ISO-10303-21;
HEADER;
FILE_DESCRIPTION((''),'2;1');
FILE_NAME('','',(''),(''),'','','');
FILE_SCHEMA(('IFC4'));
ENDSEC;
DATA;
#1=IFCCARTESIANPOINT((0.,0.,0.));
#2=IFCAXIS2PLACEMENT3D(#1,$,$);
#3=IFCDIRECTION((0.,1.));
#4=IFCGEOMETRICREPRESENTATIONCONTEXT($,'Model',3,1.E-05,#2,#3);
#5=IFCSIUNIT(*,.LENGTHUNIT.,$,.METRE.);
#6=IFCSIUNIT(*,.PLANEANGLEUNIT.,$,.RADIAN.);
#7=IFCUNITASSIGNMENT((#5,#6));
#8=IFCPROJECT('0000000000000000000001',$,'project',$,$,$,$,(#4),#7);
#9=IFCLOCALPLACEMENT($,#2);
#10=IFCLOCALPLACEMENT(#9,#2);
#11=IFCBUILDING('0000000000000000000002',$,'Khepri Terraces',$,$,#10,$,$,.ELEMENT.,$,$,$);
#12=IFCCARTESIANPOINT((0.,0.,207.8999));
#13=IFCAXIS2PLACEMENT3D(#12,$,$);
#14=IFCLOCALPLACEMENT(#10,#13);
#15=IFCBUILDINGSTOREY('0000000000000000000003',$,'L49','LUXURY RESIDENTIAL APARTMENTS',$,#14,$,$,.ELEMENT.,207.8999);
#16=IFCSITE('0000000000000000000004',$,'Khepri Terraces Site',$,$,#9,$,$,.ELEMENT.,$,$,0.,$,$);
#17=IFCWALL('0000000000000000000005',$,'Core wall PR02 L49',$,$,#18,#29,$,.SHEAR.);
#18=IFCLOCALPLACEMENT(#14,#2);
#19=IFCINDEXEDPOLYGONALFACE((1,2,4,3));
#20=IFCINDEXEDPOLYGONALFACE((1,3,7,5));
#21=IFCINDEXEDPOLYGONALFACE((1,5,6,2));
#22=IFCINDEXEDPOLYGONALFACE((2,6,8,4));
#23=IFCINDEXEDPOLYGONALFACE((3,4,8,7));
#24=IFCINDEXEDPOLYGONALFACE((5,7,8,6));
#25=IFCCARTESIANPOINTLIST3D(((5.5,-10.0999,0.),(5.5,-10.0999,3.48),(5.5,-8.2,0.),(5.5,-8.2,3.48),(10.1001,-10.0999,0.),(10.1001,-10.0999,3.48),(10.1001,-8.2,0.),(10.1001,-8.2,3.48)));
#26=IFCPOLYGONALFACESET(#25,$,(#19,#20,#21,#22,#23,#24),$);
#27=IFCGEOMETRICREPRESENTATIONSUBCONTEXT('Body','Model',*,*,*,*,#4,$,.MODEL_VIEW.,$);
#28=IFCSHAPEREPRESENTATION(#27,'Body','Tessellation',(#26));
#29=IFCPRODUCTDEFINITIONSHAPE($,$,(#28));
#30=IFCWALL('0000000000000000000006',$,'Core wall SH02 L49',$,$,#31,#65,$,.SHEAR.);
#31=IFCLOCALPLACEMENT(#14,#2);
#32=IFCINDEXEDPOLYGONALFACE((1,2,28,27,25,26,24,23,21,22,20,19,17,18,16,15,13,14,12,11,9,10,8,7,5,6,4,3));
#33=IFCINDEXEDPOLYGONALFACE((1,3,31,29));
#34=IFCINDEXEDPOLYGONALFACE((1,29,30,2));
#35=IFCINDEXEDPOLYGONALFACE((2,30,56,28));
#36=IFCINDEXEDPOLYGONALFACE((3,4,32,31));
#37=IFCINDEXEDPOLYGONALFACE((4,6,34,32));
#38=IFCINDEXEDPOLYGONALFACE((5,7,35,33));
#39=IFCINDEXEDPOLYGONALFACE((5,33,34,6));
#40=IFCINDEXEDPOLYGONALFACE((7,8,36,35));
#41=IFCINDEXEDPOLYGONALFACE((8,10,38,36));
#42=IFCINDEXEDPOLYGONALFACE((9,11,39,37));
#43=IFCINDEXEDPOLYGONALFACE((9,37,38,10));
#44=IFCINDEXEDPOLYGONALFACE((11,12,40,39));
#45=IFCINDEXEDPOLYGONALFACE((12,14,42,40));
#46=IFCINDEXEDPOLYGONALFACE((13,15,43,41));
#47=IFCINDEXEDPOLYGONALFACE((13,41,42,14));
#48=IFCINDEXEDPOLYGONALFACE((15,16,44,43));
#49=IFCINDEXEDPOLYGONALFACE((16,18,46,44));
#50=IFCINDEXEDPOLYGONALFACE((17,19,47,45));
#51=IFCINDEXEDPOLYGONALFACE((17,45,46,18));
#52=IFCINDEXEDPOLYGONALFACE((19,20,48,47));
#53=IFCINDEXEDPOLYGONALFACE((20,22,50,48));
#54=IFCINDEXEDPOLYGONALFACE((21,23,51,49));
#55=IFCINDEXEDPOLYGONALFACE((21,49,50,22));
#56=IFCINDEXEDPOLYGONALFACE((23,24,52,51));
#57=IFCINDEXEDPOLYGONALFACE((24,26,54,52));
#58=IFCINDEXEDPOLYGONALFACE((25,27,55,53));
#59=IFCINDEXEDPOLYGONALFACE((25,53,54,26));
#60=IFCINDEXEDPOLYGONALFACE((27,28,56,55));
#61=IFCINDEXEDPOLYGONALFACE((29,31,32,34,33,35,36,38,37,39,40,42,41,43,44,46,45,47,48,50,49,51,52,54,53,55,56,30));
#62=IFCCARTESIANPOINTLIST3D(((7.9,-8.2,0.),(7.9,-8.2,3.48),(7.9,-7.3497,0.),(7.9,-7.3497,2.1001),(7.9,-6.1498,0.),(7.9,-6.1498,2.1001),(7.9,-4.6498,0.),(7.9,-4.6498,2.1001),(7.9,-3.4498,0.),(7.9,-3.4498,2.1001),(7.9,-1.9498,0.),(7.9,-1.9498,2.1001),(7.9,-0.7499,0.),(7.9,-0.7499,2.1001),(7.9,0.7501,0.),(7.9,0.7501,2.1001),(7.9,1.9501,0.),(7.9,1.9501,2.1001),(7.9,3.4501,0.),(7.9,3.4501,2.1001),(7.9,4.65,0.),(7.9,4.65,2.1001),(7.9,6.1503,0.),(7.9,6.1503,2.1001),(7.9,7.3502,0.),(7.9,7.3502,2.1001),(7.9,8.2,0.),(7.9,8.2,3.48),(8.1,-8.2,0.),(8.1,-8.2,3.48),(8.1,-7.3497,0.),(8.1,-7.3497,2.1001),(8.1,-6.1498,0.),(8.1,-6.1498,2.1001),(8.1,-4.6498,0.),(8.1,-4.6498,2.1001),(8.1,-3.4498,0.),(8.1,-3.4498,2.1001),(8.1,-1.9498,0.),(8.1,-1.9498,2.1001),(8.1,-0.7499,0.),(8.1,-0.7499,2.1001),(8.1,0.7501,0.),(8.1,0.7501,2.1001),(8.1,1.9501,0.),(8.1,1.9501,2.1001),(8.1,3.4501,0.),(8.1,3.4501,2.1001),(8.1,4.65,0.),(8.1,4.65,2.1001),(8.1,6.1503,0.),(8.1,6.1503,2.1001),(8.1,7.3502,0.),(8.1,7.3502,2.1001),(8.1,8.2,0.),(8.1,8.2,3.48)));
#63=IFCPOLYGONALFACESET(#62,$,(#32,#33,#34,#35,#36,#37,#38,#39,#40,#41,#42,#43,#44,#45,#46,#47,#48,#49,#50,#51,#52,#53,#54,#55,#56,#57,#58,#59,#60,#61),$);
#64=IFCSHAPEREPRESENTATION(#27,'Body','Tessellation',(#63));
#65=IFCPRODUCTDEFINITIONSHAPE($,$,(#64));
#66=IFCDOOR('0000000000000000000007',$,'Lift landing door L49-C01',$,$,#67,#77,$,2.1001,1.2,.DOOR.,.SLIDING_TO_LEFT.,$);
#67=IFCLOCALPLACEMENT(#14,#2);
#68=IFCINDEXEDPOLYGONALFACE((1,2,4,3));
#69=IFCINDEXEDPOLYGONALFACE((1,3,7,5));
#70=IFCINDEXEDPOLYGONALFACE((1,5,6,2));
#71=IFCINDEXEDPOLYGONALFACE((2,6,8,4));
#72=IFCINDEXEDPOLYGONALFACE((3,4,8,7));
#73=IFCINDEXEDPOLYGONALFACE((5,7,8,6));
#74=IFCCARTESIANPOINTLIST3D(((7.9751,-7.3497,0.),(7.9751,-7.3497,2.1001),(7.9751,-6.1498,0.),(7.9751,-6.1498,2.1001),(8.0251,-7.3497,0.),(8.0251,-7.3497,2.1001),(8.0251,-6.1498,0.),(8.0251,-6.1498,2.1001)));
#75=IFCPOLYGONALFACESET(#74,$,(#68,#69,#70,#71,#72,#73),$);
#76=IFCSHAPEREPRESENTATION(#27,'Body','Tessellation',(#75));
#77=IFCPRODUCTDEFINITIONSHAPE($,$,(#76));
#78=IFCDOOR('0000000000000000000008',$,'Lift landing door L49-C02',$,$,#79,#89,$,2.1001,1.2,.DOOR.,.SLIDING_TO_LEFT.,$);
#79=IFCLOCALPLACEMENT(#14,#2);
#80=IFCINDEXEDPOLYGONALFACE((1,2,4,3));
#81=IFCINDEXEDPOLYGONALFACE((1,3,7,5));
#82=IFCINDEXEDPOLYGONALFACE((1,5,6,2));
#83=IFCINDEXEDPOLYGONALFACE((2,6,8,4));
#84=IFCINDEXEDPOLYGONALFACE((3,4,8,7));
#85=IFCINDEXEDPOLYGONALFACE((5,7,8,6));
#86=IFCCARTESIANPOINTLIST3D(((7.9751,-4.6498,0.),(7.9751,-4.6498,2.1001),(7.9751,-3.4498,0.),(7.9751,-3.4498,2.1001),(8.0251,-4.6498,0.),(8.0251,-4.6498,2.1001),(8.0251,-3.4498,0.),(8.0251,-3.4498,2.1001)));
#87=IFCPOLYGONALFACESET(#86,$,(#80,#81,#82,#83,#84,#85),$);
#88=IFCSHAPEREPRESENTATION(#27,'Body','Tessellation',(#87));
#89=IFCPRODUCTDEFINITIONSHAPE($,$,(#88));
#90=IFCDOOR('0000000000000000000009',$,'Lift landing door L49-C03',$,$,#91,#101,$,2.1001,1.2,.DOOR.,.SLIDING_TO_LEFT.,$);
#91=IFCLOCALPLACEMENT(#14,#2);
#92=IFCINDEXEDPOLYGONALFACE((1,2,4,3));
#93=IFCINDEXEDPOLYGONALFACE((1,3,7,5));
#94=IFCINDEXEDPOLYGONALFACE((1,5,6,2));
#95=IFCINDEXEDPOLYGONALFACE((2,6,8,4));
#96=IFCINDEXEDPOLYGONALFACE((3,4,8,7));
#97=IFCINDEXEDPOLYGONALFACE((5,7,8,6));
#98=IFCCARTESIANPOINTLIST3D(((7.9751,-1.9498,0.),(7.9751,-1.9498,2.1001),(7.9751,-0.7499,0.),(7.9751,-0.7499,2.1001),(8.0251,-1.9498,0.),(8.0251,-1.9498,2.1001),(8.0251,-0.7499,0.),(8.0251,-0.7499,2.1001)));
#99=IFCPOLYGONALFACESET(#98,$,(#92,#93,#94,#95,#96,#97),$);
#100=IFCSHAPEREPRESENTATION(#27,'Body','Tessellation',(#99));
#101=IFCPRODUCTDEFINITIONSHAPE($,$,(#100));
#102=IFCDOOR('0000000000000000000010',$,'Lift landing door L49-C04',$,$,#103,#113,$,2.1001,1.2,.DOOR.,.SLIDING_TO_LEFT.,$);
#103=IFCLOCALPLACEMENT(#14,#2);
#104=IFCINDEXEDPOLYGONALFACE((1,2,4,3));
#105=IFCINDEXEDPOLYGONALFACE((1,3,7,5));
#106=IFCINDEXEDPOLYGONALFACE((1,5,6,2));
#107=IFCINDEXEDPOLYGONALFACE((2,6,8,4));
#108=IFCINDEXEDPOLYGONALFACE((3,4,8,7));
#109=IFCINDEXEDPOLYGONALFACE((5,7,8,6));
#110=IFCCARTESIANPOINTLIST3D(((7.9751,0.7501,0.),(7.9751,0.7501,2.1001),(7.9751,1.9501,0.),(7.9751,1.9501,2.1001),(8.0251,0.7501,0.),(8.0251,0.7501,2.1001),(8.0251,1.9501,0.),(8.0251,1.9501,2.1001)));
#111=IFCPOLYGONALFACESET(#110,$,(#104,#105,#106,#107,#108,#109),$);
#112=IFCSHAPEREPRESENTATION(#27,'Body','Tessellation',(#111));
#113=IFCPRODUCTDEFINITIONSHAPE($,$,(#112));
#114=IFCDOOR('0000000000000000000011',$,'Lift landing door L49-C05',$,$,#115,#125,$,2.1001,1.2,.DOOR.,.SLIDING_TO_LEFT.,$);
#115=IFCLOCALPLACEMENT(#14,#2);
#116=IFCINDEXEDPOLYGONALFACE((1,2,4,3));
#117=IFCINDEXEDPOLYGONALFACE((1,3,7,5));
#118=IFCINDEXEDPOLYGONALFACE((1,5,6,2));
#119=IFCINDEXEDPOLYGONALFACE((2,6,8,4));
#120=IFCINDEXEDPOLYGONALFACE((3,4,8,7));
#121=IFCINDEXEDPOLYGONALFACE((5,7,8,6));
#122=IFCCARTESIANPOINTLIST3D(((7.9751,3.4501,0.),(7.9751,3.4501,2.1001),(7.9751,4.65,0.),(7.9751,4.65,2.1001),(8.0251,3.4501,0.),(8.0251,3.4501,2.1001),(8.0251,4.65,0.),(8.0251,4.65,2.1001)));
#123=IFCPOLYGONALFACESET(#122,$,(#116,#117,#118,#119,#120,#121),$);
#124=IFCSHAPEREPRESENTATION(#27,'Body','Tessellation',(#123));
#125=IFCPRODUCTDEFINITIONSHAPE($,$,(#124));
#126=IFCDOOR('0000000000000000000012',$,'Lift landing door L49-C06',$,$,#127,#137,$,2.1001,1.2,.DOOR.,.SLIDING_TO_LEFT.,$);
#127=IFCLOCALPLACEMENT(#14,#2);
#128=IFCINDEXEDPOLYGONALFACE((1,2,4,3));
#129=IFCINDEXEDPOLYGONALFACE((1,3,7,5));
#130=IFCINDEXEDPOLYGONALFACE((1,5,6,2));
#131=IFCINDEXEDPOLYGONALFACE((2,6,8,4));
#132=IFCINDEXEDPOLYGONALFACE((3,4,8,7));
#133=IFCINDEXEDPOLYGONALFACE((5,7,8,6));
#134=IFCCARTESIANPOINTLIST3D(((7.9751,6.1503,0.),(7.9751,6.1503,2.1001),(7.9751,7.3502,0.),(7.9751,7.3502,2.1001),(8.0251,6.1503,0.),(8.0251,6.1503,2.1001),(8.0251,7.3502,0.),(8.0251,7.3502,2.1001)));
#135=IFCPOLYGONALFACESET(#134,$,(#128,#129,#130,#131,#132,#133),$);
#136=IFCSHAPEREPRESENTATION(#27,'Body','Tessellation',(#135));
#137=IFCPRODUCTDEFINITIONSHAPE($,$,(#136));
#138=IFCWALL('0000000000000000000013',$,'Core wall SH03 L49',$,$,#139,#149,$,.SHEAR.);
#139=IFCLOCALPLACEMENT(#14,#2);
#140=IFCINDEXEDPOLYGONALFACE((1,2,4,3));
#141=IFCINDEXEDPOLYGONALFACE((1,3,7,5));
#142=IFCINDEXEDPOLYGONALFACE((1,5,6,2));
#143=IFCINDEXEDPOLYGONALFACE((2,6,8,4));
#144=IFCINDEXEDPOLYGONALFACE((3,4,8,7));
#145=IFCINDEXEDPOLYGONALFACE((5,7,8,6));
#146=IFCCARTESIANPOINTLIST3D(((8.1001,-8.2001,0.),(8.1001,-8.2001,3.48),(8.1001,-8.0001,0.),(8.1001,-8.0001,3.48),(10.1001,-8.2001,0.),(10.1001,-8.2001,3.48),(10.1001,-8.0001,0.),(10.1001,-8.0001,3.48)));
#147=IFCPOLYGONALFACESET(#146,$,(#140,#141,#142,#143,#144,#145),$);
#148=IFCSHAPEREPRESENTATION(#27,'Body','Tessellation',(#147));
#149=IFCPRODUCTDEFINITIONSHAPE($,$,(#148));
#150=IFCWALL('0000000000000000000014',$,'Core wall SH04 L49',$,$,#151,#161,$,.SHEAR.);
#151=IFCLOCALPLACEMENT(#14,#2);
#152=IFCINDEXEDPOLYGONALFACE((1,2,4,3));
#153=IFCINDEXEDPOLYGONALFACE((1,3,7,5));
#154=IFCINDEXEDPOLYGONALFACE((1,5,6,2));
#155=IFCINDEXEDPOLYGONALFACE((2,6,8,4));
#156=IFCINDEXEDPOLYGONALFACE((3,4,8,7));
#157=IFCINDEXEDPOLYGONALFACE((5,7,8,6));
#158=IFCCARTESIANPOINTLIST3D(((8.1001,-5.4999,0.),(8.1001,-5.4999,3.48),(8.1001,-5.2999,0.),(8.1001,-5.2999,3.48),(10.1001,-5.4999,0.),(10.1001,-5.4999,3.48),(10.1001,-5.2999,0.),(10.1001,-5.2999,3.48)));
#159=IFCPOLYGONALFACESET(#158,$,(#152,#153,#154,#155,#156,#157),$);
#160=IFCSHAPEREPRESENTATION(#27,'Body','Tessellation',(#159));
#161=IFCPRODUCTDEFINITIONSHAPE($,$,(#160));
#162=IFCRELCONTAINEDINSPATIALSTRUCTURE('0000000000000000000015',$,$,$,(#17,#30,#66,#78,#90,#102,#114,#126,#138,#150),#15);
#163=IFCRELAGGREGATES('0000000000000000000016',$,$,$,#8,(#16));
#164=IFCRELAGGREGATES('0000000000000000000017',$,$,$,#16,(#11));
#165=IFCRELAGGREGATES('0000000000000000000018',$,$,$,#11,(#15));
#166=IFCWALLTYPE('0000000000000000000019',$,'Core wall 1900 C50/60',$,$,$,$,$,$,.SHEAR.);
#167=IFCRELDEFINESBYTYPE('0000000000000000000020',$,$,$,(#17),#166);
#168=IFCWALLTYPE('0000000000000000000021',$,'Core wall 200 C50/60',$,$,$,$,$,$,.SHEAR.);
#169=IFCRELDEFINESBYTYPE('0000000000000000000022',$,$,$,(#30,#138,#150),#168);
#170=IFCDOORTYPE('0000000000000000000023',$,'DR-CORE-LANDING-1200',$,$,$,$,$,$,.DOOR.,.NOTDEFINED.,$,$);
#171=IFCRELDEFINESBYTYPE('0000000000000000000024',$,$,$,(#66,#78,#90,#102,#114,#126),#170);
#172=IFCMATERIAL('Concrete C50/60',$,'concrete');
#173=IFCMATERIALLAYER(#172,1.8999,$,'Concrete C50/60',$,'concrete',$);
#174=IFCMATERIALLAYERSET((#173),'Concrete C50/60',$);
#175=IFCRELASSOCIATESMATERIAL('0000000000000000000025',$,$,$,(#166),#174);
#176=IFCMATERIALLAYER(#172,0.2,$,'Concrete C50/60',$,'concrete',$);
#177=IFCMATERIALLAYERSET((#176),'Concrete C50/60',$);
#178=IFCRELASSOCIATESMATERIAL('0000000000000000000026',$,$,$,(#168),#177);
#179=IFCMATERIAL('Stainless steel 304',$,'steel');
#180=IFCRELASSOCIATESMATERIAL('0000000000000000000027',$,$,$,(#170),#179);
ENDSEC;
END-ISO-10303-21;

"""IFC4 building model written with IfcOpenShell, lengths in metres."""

from ifc_helpers import new_model, si_unit, direction, frame, frame_2d, origin, place, context, subcontext, project, spatial, rectangle, extrude, material, layer, layer_set, type_object, element, fill, save


model = new_model("IFC4")

# Units and contexts
model_context = context("Model", 3, precision=1e-05, world=origin(), true_north=direction((0.0, 1.0)))
body_context = subcontext(model_context, "Body", "Model", "MODEL_VIEW")
ifc_project = project(units=[si_unit("LENGTHUNIT", "METRE"), si_unit("PLANEANGLEUNIT", "RADIAN")], contexts=[model_context])

# Site, building, storey
site_placement = place(None, origin())
site = spatial("IfcSite", under=ifc_project, at=site_placement, Name="Khepri Terraces Site", CompositionType="ELEMENT", RefElevation=0.0)
building_placement = place(site_placement, origin())
building = spatial("IfcBuilding", under=site, at=building_placement, Name="Khepri Terraces", CompositionType="ELEMENT")
storey_placement = place(building_placement, frame((0.0, 0.0, 207.8999)))
storey = spatial("IfcBuildingStorey", under=building, at=storey_placement, Name="L49", Description="LUXURY RESIDENTIAL APARTMENTS", CompositionType="ELEMENT", Elevation=207.8999)

# Wall
ifc_material_1 = material(Name="Concrete C50/60", Category="concrete")
ifc_layer_1 = layer(ifc_material_1, 1.8999, Name="Concrete C50/60", Category="concrete")
ifc_layer_set_1 = layer_set([ifc_layer_1], Name="Concrete C50/60")
wall_type_1 = type_object("IfcWallType", Name="Core wall 1900 C50/60", PredefinedType="SHEAR", material=ifc_layer_set_1)
wall_1_placement = place(storey_placement, frame((5.5, -9.1499, 0.0), z_axis=(0.0, 0.0, 1.0), x_axis=(1.0, 0.0, 0.0)))
element("IfcWall", 1, at=wall_1_placement, inside=storey, type_object=wall_type_1, Name="Core wall PR02 L49", PredefinedType="SHEAR", context=body_context, shape_type="SweptSolid", body=[
    extrude(rectangle(XDim=4.6001, YDim=1.8999, at=frame_2d((2.3, 0.0))), origin(), (0.0, 0.0, 1.0), 3.48),
])

# Wall, openings, doors
ifc_layer_2 = layer(ifc_material_1, 0.2, Name="Concrete C50/60", Category="concrete")
ifc_layer_set_2 = layer_set([ifc_layer_2], Name="Concrete C50/60")
wall_type_2 = type_object("IfcWallType", Name="Core wall 200 C50/60", PredefinedType="SHEAR", material=ifc_layer_set_2)
wall_2_placement = place(storey_placement, frame((8.0, -8.2, 0.0), z_axis=(0.0, 0.0, 1.0), x_axis=(0.0, 1.0, 0.0)))
wall_2 = element("IfcWall", 2, at=wall_2_placement, inside=storey, type_object=wall_type_2, Name="Core wall SH02 L49", PredefinedType="SHEAR", context=body_context, shape_type="SweptSolid", body=[
    extrude(rectangle(XDim=16.3999, YDim=0.2, at=frame_2d((8.2, 0.0))), origin(), (0.0, 0.0, 1.0), 3.48),
])
opening_1_placement = place(wall_2_placement, frame((0.8501, 0.0, 0.0)))
opening_1 = element("IfcOpeningElement", 3, at=opening_1_placement, cuts=wall_2, PredefinedType="OPENING", context=body_context, shape_type="SweptSolid", body=[
    extrude(rectangle(XDim=1.2, YDim=2.1001, at=frame_2d((0.6001, 1.05))), frame((0.0, 0.1099, 0.0), z_axis=(0.0, -1.0, 0.0), x_axis=(1.0, 0.0, 0.0)), (0.0, 0.0, 1.0), 0.22),
])
opening_2_placement = place(wall_2_placement, frame((3.55, 0.0, 0.0)))
opening_2 = element("IfcOpeningElement", 4, at=opening_2_placement, cuts=wall_2, PredefinedType="OPENING", context=body_context, shape_type="SweptSolid", body=[
    extrude(rectangle(XDim=1.2, YDim=2.1001, at=frame_2d((0.6001, 1.05))), frame((0.0, 0.1099, 0.0), z_axis=(0.0, -1.0, 0.0), x_axis=(1.0, 0.0, 0.0)), (0.0, 0.0, 1.0), 0.22),
])
opening_3_placement = place(wall_2_placement, frame((6.25, 0.0, 0.0)))
opening_3 = element("IfcOpeningElement", 5, at=opening_3_placement, cuts=wall_2, PredefinedType="OPENING", context=body_context, shape_type="SweptSolid", body=[
    extrude(rectangle(XDim=1.2, YDim=2.1001, at=frame_2d((0.6001, 1.05))), frame((0.0, 0.1099, 0.0), z_axis=(0.0, -1.0, 0.0), x_axis=(1.0, 0.0, 0.0)), (0.0, 0.0, 1.0), 0.22),
])
opening_4_placement = place(wall_2_placement, frame((8.95, 0.0, 0.0)))
opening_4 = element("IfcOpeningElement", 6, at=opening_4_placement, cuts=wall_2, PredefinedType="OPENING", context=body_context, shape_type="SweptSolid", body=[
    extrude(rectangle(XDim=1.2, YDim=2.1001, at=frame_2d((0.6001, 1.05))), frame((0.0, 0.1099, 0.0), z_axis=(0.0, -1.0, 0.0), x_axis=(1.0, 0.0, 0.0)), (0.0, 0.0, 1.0), 0.22),
])
opening_5_placement = place(wall_2_placement, frame((11.6499, 0.0, 0.0)))
opening_5 = element("IfcOpeningElement", 7, at=opening_5_placement, cuts=wall_2, PredefinedType="OPENING", context=body_context, shape_type="SweptSolid", body=[
    extrude(rectangle(XDim=1.2, YDim=2.1001, at=frame_2d((0.6001, 1.05))), frame((0.0, 0.1099, 0.0), z_axis=(0.0, -1.0, 0.0), x_axis=(1.0, 0.0, 0.0)), (0.0, 0.0, 1.0), 0.22),
])
opening_6_placement = place(wall_2_placement, frame((14.3501, 0.0, 0.0)))
opening_6 = element("IfcOpeningElement", 8, at=opening_6_placement, cuts=wall_2, PredefinedType="OPENING", context=body_context, shape_type="SweptSolid", body=[
    extrude(rectangle(XDim=1.2, YDim=2.1001, at=frame_2d((0.6001, 1.05))), frame((0.0, 0.1099, 0.0), z_axis=(0.0, -1.0, 0.0), x_axis=(1.0, 0.0, 0.0)), (0.0, 0.0, 1.0), 0.22),
])
ifc_material_2 = material(Name="Stainless steel 304", Category="steel")
door_type_1 = type_object("IfcDoorType", Name="DR-CORE-LANDING-1200", OperationType="NOTDEFINED", PredefinedType="DOOR", material=ifc_material_2)
door_1_placement = place(opening_1_placement, origin())
door_1 = element("IfcDoor", 9, at=door_1_placement, inside=storey, type_object=door_type_1, Name="Lift landing door L49-C01", OperationType="SLIDING_TO_LEFT", OverallHeight=2.1001, OverallWidth=1.2, PredefinedType="DOOR", context=body_context, shape_type="SweptSolid", body=[
    extrude(rectangle(XDim=1.2, YDim=2.1001, at=frame_2d((0.6001, 1.05))), frame((0.0, 0.0249, 0.0), z_axis=(0.0, -1.0, 0.0), x_axis=(1.0, 0.0, 0.0)), (0.0, 0.0, 1.0), 0.05),
])
fill(opening_1, door_1)
door_2_placement = place(opening_2_placement, origin())
door_2 = element("IfcDoor", 10, at=door_2_placement, inside=storey, type_object=door_type_1, Name="Lift landing door L49-C02", OperationType="SLIDING_TO_LEFT", OverallHeight=2.1001, OverallWidth=1.2, PredefinedType="DOOR", context=body_context, shape_type="SweptSolid", body=[
    extrude(rectangle(XDim=1.2, YDim=2.1001, at=frame_2d((0.6001, 1.05))), frame((0.0, 0.0249, 0.0), z_axis=(0.0, -1.0, 0.0), x_axis=(1.0, 0.0, 0.0)), (0.0, 0.0, 1.0), 0.05),
])
fill(opening_2, door_2)
door_3_placement = place(opening_3_placement, origin())
door_3 = element("IfcDoor", 11, at=door_3_placement, inside=storey, type_object=door_type_1, Name="Lift landing door L49-C03", OperationType="SLIDING_TO_LEFT", OverallHeight=2.1001, OverallWidth=1.2, PredefinedType="DOOR", context=body_context, shape_type="SweptSolid", body=[
    extrude(rectangle(XDim=1.2, YDim=2.1001, at=frame_2d((0.6001, 1.05))), frame((0.0, 0.0249, 0.0), z_axis=(0.0, -1.0, 0.0), x_axis=(1.0, 0.0, 0.0)), (0.0, 0.0, 1.0), 0.05),
])
fill(opening_3, door_3)
door_4_placement = place(opening_4_placement, origin())
door_4 = element("IfcDoor", 12, at=door_4_placement, inside=storey, type_object=door_type_1, Name="Lift landing door L49-C04", OperationType="SLIDING_TO_LEFT", OverallHeight=2.1001, OverallWidth=1.2, PredefinedType="DOOR", context=body_context, shape_type="SweptSolid", body=[
    extrude(rectangle(XDim=1.2, YDim=2.1001, at=frame_2d((0.6001, 1.05))), frame((0.0, 0.0249, 0.0), z_axis=(0.0, -1.0, 0.0), x_axis=(1.0, 0.0, 0.0)), (0.0, 0.0, 1.0), 0.05),
])
fill(opening_4, door_4)
door_5_placement = place(opening_5_placement, origin())
door_5 = element("IfcDoor", 13, at=door_5_placement, inside=storey, type_object=door_type_1, Name="Lift landing door L49-C05", OperationType="SLIDING_TO_LEFT", OverallHeight=2.1001, OverallWidth=1.2, PredefinedType="DOOR", context=body_context, shape_type="SweptSolid", body=[
    extrude(rectangle(XDim=1.2, YDim=2.1001, at=frame_2d((0.6001, 1.05))), frame((0.0, 0.0249, 0.0), z_axis=(0.0, -1.0, 0.0), x_axis=(1.0, 0.0, 0.0)), (0.0, 0.0, 1.0), 0.05),
])
fill(opening_5, door_5)
door_6_placement = place(opening_6_placement, origin())
door_6 = element("IfcDoor", 14, at=door_6_placement, inside=storey, type_object=door_type_1, Name="Lift landing door L49-C06", OperationType="SLIDING_TO_LEFT", OverallHeight=2.1001, OverallWidth=1.2, PredefinedType="DOOR", context=body_context, shape_type="SweptSolid", body=[
    extrude(rectangle(XDim=1.2, YDim=2.1001, at=frame_2d((0.6001, 1.05))), frame((0.0, 0.0249, 0.0), z_axis=(0.0, -1.0, 0.0), x_axis=(1.0, 0.0, 0.0)), (0.0, 0.0, 1.0), 0.05),
])
fill(opening_6, door_6)

# Walls
for number, where, z_axis, x_axis, name in (
    (15, (8.1001, -8.1001, 0.0), (0.0, 0.0, 1.0), (1.0, 0.0, 0.0), "Core wall SH03 L49"),
    (16, (8.1001, -5.3999, 0.0), (0.0, 0.0, 1.0), (1.0, 0.0, 0.0), "Core wall SH04 L49"),
):
    element("IfcWall", number, at=place(storey_placement, frame(where, z_axis=z_axis, x_axis=x_axis)), inside=storey, type_object=wall_type_2, Name=name, PredefinedType="SHEAR", context=body_context, shape_type="SweptSolid", body=[
        extrude(rectangle(XDim=2.0, YDim=0.2, at=frame_2d((1.0, 0.0))), origin(), (0.0, 0.0, 1.0), 3.48),
    ])

save(model, "model.ifc")
